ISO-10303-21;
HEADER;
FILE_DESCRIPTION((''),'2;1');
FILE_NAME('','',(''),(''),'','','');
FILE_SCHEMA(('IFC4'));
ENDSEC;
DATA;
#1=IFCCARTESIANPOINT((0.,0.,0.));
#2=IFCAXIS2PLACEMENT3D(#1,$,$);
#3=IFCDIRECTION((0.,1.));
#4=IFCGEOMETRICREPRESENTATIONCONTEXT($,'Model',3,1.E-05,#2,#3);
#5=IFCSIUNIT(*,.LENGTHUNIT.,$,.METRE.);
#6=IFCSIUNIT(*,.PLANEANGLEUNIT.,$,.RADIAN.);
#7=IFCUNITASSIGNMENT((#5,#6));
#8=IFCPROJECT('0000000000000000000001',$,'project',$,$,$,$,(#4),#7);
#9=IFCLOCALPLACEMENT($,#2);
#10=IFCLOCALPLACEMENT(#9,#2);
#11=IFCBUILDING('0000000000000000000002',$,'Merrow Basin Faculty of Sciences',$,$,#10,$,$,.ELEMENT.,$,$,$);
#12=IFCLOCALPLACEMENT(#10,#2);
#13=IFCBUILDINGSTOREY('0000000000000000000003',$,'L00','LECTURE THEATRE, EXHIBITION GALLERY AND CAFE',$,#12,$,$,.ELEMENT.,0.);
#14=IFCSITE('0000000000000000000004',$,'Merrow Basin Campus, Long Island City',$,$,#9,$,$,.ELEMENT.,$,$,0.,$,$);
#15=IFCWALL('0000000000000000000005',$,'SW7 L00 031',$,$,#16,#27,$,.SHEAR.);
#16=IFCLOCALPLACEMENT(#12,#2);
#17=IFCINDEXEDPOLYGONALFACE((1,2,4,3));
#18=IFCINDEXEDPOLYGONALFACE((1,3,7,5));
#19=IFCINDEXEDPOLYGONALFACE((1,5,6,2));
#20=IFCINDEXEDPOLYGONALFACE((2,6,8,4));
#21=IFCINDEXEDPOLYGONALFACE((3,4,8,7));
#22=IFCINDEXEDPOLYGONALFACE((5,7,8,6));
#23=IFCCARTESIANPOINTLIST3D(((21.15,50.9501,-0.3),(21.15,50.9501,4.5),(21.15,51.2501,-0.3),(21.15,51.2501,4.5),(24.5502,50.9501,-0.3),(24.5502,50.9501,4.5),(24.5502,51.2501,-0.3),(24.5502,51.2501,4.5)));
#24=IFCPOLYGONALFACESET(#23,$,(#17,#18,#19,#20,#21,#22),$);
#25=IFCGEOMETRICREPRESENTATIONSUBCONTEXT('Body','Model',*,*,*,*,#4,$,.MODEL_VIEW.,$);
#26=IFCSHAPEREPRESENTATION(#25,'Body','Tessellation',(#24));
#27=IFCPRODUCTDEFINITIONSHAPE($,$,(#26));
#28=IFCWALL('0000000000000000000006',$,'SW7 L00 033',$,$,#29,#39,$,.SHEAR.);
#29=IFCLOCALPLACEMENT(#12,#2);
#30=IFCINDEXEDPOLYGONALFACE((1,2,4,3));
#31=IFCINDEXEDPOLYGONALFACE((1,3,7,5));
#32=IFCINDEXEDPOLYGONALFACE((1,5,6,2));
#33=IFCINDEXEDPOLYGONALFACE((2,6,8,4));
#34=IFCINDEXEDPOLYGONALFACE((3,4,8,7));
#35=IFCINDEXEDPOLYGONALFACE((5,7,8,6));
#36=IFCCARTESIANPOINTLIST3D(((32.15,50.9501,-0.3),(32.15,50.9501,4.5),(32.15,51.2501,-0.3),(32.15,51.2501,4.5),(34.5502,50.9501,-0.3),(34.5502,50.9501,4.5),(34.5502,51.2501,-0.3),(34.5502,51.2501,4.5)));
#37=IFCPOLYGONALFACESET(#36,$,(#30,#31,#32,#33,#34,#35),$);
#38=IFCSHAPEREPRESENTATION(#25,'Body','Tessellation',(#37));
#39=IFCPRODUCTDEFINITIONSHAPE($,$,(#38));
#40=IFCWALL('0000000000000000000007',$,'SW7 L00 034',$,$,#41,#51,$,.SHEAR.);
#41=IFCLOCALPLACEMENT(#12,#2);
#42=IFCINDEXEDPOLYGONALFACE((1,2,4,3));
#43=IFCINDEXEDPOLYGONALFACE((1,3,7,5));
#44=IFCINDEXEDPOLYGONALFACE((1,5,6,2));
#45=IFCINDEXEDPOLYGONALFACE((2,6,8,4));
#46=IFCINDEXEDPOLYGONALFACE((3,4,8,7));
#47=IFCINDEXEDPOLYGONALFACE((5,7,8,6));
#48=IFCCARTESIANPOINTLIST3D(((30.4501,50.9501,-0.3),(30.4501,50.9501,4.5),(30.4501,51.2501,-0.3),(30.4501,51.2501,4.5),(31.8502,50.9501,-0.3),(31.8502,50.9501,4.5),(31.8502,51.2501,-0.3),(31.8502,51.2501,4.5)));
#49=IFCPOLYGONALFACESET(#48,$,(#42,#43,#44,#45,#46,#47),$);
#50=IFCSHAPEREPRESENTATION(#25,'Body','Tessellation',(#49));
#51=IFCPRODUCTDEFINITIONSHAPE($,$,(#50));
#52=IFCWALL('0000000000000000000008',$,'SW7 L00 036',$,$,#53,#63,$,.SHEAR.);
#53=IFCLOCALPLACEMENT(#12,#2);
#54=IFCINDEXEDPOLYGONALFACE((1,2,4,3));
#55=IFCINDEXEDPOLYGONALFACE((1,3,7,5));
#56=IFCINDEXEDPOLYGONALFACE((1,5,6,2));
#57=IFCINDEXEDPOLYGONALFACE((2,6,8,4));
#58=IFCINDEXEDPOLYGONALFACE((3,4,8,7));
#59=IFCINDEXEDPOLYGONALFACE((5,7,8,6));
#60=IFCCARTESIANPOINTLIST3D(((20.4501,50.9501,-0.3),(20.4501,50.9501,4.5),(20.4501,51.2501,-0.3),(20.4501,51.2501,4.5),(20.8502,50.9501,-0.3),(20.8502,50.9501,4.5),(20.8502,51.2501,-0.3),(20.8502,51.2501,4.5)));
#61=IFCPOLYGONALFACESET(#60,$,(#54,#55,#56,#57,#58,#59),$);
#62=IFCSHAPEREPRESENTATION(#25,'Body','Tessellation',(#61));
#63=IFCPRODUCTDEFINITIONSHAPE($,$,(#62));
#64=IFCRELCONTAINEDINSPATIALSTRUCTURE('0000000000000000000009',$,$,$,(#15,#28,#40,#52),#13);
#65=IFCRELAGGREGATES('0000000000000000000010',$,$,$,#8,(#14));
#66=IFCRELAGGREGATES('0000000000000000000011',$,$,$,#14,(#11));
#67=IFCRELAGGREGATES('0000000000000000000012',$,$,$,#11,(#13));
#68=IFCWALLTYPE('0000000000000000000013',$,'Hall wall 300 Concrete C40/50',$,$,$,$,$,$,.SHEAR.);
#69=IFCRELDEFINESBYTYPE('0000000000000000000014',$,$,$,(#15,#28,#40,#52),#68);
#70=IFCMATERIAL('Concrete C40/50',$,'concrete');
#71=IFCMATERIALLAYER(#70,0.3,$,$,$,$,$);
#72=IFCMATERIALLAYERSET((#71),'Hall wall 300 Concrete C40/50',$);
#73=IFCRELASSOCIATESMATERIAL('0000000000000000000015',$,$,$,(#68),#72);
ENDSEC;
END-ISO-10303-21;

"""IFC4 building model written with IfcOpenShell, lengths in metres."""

from ifc_helpers import new_model, si_unit, direction, frame, frame_2d, origin, place, context, subcontext, project, spatial, rectangle, extrude, material, layer, layer_set, type_object, element, save


model = new_model("IFC4")

# Units and contexts
model_context = context("Model", 3, precision=1e-05, world=origin(), true_north=direction((0.0, 1.0)))
body_context = subcontext(model_context, "Body", "Model", "MODEL_VIEW")
ifc_project = project(units=[si_unit("LENGTHUNIT", "METRE"), si_unit("PLANEANGLEUNIT", "RADIAN")], contexts=[model_context])

# Site, building, storey
site_placement = place(None, origin())
site = spatial("IfcSite", under=ifc_project, at=site_placement, Name="Merrow Basin Campus, Long Island City", CompositionType="ELEMENT", RefElevation=0.0)
building_placement = place(site_placement, origin())
building = spatial("IfcBuilding", under=site, at=building_placement, Name="Merrow Basin Faculty of Sciences", CompositionType="ELEMENT")
storey_placement = place(building_placement, origin())
storey = spatial("IfcBuildingStorey", under=building, at=storey_placement, Name="L00", Description="LECTURE THEATRE, EXHIBITION GALLERY AND CAFE", CompositionType="ELEMENT", Elevation=0.0)

# Shared definitions
ifc_material_1 = material(Name="Concrete C40/50", Category="concrete")
ifc_layer = layer(ifc_material_1, 0.3)
ifc_layer_set = layer_set([ifc_layer], Name="Hall wall 300 Concrete C40/50")
wall_type = type_object("IfcWallType", Name="Hall wall 300 Concrete C40/50", PredefinedType="SHEAR", material=ifc_layer_set)

# Walls
wall_1_placement = place(storey_placement, frame((21.1499, 51.1001, -0.3), z_axis=(0.0, 0.0, 1.0), x_axis=(1.0, 0.0, 0.0)))
element("IfcWall", 1, at=wall_1_placement, inside=storey, type_object=wall_type, Name="SW7 L00 031", PredefinedType="SHEAR", context=body_context, shape_type="SweptSolid", body=[
    extrude(rectangle(XDim=3.4001, YDim=0.3, at=frame_2d((1.7002, 0.0))), origin(), (0.0, 0.0, 1.0), 4.8),
])
wall_2_placement = place(storey_placement, frame((32.1499, 51.1001, -0.3), z_axis=(0.0, 0.0, 1.0), x_axis=(1.0, 0.0, 0.0)))
element("IfcWall", 2, at=wall_2_placement, inside=storey, type_object=wall_type, Name="SW7 L00 033", PredefinedType="SHEAR", context=body_context, shape_type="SweptSolid", body=[
    extrude(rectangle(XDim=2.4001, YDim=0.3, at=frame_2d((1.2002, 0.0))), origin(), (0.0, 0.0, 1.0), 4.8),
])
wall_3_placement = place(storey_placement, frame((30.45, 51.1001, -0.3), z_axis=(0.0, 0.0, 1.0), x_axis=(1.0, 0.0, 0.0)))
element("IfcWall", 3, at=wall_3_placement, inside=storey, type_object=wall_type, Name="SW7 L00 034", PredefinedType="SHEAR", context=body_context, shape_type="SweptSolid", body=[
    extrude(rectangle(XDim=1.4001, YDim=0.3, at=frame_2d((0.7002, 0.0))), origin(), (0.0, 0.0, 1.0), 4.8),
])
wall_4_placement = place(storey_placement, frame((20.45, 51.1001, -0.3), z_axis=(0.0, 0.0, 1.0), x_axis=(1.0, 0.0, 0.0)))
element("IfcWall", 4, at=wall_4_placement, inside=storey, type_object=wall_type, Name="SW7 L00 036", PredefinedType="SHEAR", context=body_context, shape_type="SweptSolid", body=[
    extrude(rectangle(XDim=0.4001, YDim=0.3, at=frame_2d((0.2002, 0.0))), origin(), (0.0, 0.0, 1.0), 4.8),
])

save(model, "model.ifc")
